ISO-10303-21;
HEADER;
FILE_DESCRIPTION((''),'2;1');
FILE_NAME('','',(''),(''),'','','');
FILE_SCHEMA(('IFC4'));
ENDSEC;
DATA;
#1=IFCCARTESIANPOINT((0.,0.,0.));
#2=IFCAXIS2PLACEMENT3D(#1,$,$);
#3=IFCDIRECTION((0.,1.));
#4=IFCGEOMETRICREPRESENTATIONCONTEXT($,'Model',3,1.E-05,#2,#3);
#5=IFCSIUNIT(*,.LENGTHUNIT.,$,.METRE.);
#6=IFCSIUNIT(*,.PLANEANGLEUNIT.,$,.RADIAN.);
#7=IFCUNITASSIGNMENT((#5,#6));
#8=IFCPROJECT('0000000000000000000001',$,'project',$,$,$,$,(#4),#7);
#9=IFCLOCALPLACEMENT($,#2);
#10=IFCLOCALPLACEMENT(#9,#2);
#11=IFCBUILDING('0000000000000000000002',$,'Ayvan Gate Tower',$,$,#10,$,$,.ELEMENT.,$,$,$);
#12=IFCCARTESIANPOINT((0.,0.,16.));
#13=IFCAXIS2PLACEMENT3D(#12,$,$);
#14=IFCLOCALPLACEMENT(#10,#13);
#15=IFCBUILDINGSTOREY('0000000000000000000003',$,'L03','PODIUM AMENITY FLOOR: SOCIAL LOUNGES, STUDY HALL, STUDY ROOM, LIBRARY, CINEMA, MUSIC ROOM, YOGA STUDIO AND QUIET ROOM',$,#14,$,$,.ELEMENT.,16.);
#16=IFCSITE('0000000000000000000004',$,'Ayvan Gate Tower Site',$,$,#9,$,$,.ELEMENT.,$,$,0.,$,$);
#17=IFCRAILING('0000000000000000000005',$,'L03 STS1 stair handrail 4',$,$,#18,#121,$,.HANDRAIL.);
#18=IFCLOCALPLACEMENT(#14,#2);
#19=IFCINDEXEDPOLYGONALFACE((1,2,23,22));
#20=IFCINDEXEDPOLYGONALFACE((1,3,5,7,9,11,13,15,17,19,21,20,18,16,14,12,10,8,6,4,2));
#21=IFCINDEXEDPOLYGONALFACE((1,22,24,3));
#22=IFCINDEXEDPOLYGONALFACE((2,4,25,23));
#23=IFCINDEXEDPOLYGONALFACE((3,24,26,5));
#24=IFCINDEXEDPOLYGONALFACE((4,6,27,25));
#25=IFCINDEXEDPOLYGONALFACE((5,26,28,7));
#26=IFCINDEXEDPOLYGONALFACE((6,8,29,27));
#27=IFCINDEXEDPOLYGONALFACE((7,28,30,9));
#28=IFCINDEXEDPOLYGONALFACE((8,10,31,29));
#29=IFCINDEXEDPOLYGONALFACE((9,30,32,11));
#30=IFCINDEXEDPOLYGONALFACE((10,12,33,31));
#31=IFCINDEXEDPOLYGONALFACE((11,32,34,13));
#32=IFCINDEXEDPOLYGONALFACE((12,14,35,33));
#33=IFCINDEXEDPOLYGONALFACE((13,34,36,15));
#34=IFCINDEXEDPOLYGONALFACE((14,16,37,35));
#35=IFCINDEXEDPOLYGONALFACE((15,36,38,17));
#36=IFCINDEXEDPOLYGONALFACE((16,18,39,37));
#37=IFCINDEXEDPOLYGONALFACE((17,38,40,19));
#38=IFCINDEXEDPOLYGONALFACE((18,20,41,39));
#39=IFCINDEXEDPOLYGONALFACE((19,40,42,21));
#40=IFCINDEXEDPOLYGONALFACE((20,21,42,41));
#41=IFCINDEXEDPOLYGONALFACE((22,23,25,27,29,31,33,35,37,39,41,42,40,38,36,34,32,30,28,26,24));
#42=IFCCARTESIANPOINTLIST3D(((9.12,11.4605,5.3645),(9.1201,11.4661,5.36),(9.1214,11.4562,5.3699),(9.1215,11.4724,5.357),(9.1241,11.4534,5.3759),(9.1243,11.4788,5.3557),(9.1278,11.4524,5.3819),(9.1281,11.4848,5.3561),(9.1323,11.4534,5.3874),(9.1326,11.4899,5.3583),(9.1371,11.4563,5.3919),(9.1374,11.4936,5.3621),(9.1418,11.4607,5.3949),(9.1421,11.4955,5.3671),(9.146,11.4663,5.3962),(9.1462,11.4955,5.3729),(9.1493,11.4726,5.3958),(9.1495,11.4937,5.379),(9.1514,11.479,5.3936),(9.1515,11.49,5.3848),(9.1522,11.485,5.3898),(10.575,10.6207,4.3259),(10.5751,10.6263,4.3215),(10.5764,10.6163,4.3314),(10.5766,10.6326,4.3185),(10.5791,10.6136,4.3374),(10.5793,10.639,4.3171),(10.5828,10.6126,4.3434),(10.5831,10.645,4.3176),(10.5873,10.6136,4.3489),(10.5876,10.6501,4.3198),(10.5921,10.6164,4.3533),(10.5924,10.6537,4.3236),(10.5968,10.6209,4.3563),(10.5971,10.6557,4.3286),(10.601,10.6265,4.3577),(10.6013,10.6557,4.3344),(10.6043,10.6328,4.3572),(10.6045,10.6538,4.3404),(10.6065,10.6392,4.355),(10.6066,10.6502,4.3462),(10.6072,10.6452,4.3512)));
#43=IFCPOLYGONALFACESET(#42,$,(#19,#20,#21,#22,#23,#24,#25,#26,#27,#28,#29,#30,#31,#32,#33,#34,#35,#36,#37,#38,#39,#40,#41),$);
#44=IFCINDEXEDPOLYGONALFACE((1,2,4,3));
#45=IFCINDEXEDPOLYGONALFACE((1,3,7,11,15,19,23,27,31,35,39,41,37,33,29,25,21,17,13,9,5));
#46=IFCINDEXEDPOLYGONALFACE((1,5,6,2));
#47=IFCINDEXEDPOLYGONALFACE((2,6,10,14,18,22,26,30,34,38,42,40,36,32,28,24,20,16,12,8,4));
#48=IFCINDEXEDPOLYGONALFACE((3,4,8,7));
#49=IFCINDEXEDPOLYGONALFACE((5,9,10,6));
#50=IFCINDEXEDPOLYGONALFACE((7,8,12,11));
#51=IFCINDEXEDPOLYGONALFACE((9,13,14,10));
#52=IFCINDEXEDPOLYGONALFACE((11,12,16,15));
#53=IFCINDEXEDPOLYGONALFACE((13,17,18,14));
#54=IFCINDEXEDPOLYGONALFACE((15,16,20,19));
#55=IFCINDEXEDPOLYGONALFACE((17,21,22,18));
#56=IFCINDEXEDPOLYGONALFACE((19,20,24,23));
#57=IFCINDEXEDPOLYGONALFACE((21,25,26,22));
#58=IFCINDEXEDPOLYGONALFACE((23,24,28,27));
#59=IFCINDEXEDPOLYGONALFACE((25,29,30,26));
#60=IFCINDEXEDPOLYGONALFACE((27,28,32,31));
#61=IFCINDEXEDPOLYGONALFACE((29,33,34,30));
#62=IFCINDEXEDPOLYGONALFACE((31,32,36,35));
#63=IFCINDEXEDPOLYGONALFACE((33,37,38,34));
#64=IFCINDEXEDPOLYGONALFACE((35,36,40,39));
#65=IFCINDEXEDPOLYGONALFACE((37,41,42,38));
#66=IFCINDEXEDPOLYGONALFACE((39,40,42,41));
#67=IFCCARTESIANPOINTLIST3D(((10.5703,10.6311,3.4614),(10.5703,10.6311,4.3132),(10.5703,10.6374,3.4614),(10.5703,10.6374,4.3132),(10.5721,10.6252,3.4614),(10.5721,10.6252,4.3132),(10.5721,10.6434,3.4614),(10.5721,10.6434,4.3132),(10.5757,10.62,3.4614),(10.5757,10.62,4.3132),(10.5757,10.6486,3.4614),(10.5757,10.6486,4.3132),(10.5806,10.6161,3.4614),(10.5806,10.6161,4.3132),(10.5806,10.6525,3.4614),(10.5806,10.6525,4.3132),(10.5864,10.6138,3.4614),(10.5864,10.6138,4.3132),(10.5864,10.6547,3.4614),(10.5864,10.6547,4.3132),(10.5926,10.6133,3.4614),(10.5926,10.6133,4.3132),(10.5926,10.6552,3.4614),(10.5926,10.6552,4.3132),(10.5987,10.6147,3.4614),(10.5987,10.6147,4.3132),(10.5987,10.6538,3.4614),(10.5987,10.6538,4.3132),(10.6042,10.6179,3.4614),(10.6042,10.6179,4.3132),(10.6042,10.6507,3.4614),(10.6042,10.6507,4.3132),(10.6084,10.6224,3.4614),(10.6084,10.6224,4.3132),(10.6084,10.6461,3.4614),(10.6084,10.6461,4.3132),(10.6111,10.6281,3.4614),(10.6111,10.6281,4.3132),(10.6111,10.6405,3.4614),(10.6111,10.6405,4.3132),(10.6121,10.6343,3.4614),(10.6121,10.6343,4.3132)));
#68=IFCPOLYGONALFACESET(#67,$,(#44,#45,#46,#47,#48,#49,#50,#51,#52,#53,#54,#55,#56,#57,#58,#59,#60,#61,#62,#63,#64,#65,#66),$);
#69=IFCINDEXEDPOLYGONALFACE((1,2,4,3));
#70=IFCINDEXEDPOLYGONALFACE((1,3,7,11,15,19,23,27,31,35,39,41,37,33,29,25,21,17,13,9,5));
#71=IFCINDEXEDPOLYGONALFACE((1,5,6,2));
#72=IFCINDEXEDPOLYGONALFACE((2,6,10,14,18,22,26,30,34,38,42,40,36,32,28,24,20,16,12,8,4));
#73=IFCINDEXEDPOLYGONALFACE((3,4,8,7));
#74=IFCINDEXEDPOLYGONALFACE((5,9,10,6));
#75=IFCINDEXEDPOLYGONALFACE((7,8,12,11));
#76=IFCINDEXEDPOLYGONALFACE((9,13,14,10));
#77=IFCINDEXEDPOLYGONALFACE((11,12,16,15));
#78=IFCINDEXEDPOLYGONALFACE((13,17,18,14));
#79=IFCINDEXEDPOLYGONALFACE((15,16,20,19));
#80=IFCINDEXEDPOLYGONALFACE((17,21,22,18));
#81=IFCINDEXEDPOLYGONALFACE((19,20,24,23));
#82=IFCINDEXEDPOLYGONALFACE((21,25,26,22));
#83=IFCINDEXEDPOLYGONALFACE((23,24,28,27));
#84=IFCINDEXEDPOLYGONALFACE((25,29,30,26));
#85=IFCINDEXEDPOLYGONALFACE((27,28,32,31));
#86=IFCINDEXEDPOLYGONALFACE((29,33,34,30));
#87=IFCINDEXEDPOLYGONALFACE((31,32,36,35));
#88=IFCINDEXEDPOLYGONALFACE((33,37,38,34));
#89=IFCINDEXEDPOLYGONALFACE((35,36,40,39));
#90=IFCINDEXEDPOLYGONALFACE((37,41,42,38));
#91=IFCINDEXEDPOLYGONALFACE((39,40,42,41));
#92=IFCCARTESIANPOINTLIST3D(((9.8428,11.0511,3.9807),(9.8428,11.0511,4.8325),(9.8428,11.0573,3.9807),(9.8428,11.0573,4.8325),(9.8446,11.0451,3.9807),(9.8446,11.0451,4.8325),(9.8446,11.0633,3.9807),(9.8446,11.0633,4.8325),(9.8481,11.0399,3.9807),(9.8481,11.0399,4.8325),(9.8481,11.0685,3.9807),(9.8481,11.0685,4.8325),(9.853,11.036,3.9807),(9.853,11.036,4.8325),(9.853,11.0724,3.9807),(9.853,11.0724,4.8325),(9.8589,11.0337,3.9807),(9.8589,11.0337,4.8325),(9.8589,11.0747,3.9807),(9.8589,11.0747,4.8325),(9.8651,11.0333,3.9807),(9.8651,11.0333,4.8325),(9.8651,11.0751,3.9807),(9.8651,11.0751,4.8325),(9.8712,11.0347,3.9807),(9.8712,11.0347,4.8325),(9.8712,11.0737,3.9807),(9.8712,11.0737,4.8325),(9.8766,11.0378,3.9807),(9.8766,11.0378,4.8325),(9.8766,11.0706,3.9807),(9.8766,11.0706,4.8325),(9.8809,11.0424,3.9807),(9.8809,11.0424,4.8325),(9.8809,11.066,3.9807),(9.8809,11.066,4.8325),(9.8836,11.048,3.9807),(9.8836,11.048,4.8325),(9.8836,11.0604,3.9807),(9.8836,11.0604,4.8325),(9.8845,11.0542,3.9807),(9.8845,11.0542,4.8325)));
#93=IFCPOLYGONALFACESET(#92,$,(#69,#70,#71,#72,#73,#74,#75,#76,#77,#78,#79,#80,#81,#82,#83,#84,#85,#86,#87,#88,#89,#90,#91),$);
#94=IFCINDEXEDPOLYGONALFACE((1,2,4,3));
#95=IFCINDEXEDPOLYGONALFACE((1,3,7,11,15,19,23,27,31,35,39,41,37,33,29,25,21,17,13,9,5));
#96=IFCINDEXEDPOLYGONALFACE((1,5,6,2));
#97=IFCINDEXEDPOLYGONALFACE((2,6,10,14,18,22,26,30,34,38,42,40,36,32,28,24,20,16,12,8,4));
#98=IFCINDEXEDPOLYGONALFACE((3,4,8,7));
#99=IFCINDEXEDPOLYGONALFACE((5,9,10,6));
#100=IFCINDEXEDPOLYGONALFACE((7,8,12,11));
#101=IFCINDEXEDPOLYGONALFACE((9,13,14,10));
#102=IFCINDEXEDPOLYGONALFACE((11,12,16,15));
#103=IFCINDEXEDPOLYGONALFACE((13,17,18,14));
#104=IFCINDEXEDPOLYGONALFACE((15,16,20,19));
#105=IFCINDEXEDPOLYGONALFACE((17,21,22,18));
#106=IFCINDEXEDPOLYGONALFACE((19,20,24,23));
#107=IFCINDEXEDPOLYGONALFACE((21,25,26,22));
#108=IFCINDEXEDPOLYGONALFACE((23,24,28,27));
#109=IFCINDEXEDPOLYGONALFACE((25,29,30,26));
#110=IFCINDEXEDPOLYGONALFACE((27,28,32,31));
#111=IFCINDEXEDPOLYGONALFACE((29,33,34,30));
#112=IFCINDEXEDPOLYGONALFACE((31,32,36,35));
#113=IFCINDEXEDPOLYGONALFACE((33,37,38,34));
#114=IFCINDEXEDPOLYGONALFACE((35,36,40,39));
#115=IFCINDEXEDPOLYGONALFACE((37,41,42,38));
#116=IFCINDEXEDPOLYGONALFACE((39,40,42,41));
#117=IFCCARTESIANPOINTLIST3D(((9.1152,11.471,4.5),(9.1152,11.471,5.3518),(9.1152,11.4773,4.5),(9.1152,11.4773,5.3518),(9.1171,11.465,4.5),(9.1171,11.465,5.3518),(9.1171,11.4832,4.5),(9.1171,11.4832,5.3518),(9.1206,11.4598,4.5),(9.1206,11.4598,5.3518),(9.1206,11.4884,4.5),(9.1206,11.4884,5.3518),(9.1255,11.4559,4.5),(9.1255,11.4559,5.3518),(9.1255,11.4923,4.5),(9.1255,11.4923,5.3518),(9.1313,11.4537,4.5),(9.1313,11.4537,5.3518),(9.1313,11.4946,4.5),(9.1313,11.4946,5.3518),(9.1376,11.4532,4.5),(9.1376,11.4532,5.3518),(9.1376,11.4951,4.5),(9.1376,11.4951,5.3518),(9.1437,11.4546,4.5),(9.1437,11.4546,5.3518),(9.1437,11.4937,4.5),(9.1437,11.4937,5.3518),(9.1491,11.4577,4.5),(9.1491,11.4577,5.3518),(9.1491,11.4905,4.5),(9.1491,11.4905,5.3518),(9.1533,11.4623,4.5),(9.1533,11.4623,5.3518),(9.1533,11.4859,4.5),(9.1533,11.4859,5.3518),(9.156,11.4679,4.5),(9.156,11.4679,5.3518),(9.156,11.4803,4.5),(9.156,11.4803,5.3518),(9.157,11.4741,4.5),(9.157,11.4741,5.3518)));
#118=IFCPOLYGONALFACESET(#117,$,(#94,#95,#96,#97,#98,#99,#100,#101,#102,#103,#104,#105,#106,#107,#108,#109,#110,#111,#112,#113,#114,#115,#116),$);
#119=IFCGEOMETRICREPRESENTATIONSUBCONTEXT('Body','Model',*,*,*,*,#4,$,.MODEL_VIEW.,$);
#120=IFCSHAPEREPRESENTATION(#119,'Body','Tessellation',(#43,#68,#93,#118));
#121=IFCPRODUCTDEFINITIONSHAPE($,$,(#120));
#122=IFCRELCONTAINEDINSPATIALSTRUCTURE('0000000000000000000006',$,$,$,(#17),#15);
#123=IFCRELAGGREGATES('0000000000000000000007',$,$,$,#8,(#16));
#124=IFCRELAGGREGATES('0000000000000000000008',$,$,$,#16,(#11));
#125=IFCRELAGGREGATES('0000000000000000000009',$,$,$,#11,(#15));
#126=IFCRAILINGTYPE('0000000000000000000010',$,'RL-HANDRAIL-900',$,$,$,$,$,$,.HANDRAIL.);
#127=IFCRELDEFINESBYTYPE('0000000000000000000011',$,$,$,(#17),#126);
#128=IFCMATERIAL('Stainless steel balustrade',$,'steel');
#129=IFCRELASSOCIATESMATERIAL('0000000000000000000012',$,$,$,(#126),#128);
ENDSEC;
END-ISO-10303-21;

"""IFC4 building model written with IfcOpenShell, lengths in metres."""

from ifc_helpers import new_model, si_unit, direction, frame, origin, origin_2d, place, context, subcontext, project, spatial, circle, extrude, material, type_object, element, save


model = new_model("IFC4")

# Units and contexts
model_context = context("Model", 3, precision=1e-05, world=origin(), true_north=direction((0.0, 1.0)))
body_context = subcontext(model_context, "Body", "Model", "MODEL_VIEW")
ifc_project = project(units=[si_unit("LENGTHUNIT", "METRE"), si_unit("PLANEANGLEUNIT", "RADIAN")], contexts=[model_context])

# Site, building, storey
site_placement = place(None, origin())
site = spatial("IfcSite", under=ifc_project, at=site_placement, Name="Ayvan Gate Tower Site", CompositionType="ELEMENT", RefElevation=0.0)
building_placement = place(site_placement, origin())
building = spatial("IfcBuilding", under=site, at=building_placement, Name="Ayvan Gate Tower", CompositionType="ELEMENT")
storey_placement = place(building_placement, frame((0.0, 0.0, 16.0)))
storey = spatial("IfcBuildingStorey", under=building, at=storey_placement, Name="L03", Description="PODIUM AMENITY FLOOR: SOCIAL LOUNGES, STUDY HALL, STUDY ROOM, LIBRARY, CINEMA, MUSIC ROOM, YOGA STUDIO AND QUIET ROOM", CompositionType="ELEMENT", Elevation=16.0)

# Railing
ifc_material_1 = material(Name="Stainless steel balustrade", Category="steel")
railing_type_1 = type_object("IfcRailingType", Name="RL-HANDRAIL-900", PredefinedType="HANDRAIL", material=ifc_material_1)
railing_1_placement = place(storey_placement, frame((10.5911, 10.6343, 3.4614)))
element("IfcRailing", 1, at=railing_1_placement, inside=storey, type_object=railing_type_1, Name="L03 STS1 stair handrail 4", PredefinedType="HANDRAIL", context=body_context, shape_type="SweptSolid", body=[
    extrude(circle(Radius=0.0239, at=origin_2d()), frame((0.0, 0.0, 0.876), z_axis=(-0.736692, 0.425205, 0.52582), x_axis=(-0.49989, -0.866089, 0.0)), (0.0, 0.0, 1.0), 1.9751),
    extrude(circle(Radius=0.021, at=origin_2d()), origin(), (0.0, 0.0, 1.0), 0.8518),
    extrude(circle(Radius=0.021, at=origin_2d()), frame((-0.7275, 0.4199, 0.5193)), (0.0, 0.0, 1.0), 0.8518),
    extrude(circle(Radius=0.021, at=origin_2d()), frame((-1.4551, 0.8398, 1.0386)), (0.0, 0.0, 1.0), 0.8518),
])

save(model, "model.ifc")
